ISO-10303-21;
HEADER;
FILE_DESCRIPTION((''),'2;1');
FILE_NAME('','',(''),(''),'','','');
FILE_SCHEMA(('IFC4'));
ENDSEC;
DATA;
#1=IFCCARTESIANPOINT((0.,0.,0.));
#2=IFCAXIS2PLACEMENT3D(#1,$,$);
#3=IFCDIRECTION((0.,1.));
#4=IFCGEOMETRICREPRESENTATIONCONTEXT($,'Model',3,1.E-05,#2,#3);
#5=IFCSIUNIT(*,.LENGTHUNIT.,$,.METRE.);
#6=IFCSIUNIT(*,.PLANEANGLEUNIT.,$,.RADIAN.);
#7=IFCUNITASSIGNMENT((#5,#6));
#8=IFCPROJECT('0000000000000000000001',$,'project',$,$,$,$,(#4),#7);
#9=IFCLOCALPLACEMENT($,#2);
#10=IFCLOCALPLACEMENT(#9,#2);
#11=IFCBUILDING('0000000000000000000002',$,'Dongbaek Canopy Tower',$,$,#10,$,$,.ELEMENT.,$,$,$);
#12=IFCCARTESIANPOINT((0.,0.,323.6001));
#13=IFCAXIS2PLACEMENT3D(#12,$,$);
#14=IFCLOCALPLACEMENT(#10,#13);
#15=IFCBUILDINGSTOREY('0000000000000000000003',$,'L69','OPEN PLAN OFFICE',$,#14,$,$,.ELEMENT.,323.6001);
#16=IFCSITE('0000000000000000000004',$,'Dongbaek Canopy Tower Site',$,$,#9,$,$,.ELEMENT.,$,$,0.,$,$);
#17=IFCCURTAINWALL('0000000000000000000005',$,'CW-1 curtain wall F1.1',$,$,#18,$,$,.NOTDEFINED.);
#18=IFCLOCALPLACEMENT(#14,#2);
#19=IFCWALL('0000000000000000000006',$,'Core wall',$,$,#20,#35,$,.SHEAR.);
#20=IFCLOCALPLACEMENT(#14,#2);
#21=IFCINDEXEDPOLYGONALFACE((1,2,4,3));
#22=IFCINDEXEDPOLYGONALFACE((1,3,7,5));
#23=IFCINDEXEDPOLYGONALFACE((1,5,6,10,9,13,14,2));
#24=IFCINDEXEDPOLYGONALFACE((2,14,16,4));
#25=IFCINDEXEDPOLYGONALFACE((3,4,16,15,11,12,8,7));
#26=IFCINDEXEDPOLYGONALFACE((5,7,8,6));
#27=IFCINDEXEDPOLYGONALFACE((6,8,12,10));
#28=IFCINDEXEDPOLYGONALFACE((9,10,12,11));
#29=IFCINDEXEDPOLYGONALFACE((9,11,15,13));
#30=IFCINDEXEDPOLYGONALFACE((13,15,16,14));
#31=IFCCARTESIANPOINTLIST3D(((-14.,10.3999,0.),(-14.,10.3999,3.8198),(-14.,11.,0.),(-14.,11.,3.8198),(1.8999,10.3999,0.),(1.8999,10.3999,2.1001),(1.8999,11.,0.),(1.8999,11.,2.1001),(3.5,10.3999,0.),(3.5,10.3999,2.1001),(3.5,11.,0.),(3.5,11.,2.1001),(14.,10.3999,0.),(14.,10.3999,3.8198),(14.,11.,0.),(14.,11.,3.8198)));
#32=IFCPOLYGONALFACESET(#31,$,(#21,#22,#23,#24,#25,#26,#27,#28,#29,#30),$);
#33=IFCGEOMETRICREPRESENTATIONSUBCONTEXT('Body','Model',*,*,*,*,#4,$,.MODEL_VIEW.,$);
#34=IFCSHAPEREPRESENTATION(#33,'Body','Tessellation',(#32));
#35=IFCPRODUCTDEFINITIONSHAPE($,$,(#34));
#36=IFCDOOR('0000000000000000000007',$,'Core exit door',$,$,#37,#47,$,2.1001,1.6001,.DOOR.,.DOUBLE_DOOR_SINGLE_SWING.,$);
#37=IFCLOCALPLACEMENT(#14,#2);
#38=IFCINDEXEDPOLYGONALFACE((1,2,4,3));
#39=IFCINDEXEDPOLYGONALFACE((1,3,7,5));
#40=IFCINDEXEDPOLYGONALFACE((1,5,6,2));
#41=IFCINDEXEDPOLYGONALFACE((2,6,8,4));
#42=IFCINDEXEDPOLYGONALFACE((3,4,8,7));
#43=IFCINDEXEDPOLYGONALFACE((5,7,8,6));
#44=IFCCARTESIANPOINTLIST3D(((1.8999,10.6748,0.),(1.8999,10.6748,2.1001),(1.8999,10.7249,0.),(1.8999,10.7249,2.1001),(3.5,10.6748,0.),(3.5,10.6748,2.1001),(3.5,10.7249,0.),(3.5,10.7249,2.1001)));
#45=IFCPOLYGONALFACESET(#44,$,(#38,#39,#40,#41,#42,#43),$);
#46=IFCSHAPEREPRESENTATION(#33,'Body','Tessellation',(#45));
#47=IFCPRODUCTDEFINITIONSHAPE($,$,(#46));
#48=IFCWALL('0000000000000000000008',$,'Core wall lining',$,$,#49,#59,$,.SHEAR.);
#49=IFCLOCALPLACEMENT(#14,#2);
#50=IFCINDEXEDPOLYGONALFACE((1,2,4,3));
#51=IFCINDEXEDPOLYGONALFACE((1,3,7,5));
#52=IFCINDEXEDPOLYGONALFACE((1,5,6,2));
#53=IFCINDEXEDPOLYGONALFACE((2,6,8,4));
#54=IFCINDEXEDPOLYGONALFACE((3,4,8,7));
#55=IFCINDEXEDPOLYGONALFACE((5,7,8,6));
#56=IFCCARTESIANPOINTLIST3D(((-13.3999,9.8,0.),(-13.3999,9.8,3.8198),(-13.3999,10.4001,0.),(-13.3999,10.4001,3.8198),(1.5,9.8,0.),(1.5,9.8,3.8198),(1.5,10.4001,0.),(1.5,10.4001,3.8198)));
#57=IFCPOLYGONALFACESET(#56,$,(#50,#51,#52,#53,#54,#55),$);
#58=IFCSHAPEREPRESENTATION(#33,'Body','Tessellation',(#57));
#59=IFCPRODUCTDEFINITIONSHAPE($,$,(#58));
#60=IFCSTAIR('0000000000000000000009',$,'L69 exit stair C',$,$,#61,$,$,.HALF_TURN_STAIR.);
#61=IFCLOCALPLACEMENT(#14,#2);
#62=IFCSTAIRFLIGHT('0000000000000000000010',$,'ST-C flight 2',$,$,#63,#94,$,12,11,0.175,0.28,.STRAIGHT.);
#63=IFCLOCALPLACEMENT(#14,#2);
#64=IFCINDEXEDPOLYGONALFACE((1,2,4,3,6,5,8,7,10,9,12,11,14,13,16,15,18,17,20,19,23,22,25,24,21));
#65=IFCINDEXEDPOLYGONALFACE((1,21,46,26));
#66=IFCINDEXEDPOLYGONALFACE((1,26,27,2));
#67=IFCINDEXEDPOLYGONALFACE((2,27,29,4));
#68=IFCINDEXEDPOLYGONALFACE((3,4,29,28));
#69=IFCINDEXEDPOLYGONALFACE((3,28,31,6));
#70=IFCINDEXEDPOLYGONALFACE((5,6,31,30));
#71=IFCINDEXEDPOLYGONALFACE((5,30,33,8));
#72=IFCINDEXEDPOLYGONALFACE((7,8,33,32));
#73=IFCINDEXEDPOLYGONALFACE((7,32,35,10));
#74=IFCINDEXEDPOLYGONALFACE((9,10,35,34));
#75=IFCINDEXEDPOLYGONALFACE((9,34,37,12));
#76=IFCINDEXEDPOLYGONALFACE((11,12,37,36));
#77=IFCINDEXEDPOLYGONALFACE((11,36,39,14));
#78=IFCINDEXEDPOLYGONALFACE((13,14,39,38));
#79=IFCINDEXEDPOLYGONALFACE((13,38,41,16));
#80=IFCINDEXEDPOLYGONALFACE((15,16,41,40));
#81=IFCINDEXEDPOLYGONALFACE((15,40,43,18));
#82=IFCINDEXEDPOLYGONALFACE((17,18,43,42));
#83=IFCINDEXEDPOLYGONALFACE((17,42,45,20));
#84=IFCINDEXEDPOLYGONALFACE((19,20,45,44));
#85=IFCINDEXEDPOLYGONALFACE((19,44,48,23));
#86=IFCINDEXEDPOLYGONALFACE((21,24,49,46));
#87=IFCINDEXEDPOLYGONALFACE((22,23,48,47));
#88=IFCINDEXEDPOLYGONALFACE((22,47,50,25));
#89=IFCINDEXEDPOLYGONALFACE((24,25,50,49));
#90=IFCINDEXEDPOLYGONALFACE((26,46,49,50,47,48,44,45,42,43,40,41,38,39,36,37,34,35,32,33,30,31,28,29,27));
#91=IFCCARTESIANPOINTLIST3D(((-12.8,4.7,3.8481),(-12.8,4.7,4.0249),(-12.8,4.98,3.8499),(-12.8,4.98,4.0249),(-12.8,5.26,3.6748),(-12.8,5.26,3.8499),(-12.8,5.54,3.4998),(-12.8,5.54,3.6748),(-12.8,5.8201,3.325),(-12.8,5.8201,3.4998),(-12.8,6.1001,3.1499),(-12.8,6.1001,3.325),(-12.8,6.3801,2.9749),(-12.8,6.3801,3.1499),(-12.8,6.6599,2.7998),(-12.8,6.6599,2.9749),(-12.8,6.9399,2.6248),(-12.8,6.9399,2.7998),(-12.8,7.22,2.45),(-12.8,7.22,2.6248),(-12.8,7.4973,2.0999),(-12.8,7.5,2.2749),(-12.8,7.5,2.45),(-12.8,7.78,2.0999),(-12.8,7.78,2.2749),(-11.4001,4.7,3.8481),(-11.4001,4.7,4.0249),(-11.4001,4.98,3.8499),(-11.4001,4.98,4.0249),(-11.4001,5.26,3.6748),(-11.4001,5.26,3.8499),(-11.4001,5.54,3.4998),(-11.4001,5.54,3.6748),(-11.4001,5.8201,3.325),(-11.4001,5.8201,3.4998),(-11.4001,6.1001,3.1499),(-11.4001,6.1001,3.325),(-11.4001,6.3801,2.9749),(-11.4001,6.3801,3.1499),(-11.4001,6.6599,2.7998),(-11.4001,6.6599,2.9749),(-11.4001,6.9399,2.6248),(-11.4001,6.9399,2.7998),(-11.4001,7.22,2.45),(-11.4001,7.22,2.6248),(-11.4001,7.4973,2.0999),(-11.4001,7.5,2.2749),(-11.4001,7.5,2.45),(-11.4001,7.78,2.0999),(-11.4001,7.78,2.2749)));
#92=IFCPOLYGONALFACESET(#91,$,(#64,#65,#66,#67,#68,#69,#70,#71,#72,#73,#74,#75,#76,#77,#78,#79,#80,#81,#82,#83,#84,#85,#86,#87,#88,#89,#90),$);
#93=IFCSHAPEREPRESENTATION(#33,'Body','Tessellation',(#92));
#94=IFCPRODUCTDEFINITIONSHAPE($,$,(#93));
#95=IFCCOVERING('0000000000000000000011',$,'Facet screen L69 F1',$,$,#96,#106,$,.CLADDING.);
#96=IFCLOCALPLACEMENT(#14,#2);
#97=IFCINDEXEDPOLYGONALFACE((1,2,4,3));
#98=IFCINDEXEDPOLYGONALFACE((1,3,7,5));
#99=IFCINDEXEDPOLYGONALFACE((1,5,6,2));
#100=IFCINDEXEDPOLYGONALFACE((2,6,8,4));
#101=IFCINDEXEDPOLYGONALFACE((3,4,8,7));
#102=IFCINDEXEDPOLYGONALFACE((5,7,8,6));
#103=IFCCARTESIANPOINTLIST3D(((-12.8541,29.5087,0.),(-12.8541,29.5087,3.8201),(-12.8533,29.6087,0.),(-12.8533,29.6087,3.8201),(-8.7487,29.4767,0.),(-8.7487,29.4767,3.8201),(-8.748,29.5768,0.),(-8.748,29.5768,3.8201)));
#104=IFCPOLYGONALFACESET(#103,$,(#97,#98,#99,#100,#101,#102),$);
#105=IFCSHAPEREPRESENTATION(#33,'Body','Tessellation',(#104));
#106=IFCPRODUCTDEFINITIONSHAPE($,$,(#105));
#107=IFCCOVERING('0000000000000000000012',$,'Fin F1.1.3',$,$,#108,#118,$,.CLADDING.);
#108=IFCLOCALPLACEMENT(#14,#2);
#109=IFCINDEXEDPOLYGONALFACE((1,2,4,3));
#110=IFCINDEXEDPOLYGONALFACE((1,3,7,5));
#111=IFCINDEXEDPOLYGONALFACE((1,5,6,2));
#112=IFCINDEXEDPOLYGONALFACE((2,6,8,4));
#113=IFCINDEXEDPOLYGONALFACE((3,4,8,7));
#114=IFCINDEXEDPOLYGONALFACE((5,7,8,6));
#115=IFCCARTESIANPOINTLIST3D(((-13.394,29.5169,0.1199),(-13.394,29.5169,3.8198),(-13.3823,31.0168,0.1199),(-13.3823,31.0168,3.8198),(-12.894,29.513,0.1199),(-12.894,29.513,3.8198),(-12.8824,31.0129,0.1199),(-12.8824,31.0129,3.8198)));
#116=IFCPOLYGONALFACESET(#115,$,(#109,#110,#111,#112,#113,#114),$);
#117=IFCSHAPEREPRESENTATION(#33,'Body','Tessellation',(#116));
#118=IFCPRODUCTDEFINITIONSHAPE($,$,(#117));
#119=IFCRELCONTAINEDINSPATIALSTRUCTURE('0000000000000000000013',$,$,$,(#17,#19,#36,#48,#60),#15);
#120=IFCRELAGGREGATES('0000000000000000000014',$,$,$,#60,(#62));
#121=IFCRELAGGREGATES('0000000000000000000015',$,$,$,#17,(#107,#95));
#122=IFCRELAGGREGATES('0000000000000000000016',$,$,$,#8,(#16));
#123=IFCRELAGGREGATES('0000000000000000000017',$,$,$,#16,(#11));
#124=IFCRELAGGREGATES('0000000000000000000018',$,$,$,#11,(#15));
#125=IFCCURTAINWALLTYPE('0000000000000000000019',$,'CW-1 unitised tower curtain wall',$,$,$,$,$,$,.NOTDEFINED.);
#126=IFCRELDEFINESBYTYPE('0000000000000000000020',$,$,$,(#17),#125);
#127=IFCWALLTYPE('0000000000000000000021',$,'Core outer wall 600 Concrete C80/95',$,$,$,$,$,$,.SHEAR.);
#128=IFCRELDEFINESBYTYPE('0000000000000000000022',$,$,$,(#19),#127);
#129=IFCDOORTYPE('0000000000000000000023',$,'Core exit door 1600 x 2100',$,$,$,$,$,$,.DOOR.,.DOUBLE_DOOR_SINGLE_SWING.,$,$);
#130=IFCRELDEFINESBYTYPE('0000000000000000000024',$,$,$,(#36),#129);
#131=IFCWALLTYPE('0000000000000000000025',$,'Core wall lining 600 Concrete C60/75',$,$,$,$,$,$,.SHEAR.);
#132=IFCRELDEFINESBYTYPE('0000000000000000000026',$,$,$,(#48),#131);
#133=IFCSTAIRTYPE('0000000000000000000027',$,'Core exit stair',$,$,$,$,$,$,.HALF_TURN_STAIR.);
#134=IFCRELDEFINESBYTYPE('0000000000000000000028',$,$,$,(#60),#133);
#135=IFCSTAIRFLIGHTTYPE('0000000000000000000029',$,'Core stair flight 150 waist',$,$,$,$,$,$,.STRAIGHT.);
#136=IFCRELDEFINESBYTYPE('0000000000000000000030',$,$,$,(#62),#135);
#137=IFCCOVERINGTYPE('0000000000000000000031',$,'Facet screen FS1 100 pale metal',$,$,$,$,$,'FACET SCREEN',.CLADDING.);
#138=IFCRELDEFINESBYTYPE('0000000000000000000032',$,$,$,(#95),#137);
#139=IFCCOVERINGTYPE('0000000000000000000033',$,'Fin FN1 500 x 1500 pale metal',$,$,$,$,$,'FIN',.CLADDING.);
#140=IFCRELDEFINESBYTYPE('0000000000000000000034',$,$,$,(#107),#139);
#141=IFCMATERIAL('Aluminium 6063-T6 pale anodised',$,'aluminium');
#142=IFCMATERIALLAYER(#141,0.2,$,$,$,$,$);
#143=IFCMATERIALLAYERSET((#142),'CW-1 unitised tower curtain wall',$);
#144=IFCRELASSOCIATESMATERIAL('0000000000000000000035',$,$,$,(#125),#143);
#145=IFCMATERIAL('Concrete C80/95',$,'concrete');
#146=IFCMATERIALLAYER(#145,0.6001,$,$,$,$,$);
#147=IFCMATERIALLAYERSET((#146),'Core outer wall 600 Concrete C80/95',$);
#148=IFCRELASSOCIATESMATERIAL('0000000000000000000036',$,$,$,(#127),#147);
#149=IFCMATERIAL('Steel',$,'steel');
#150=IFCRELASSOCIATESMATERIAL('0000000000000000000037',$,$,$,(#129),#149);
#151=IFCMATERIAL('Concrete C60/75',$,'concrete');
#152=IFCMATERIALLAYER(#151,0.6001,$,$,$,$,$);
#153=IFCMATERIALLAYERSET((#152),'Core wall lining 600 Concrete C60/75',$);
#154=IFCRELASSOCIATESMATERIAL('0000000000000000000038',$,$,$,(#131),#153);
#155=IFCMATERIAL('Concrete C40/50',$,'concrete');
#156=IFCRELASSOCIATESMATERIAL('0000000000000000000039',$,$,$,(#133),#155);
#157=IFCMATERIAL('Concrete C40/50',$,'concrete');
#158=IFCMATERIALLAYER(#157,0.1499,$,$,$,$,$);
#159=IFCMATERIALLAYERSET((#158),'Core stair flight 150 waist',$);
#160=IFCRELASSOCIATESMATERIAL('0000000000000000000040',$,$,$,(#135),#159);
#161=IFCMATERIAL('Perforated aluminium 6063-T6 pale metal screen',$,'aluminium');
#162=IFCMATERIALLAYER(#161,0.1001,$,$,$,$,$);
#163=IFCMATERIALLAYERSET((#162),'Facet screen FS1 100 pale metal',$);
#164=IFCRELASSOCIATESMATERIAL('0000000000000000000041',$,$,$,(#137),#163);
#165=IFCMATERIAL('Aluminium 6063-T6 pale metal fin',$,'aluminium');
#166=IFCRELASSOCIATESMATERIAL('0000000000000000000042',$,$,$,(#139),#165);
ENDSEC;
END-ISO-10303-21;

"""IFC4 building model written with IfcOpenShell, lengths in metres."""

from ifc_helpers import new_model, si_unit, direction, frame, frame_2d, origin, origin_2d, place, context, subcontext, project, spatial, polyline, rectangle, outline, extrude, material, layer, layer_set, material_profile, profile_set, type_object, element, fill, aggregate, save


model = new_model("IFC4")

# Units and contexts
model_context = context("Model", 3, precision=1e-05, world=origin(), true_north=direction((0.0, 1.0)))
body_context = subcontext(model_context, "Body", "Model", "MODEL_VIEW")
ifc_project = project(units=[si_unit("LENGTHUNIT", "METRE"), si_unit("PLANEANGLEUNIT", "RADIAN")], contexts=[model_context])

# Site, building, storey
site_placement = place(None, origin())
site = spatial("IfcSite", under=ifc_project, at=site_placement, Name="Dongbaek Canopy Tower Site", CompositionType="ELEMENT", RefElevation=0.0)
building_placement = place(site_placement, origin())
building = spatial("IfcBuilding", under=site, at=building_placement, Name="Dongbaek Canopy Tower", CompositionType="ELEMENT")
storey_placement = place(building_placement, frame((0.0, 0.0, 323.6001)))
storey = spatial("IfcBuildingStorey", under=building, at=storey_placement, Name="L69", Description="OPEN PLAN OFFICE", CompositionType="ELEMENT", Elevation=323.6001)

# Curtain wall
ifc_material_1 = material(Name="Aluminium 6063-T6 pale anodised", Category="aluminium")
ifc_layer_1 = layer(ifc_material_1, 0.2)
ifc_layer_set_1 = layer_set([ifc_layer_1], Name="CW-1 unitised tower curtain wall")
curtain_wall_type = type_object("IfcCurtainWallType", Name="CW-1 unitised tower curtain wall", PredefinedType="NOTDEFINED", material=ifc_layer_set_1)
curtain_wall_1_placement = place(storey_placement, origin())
curtain_wall_1 = element("IfcCurtainWall", 1, at=curtain_wall_1_placement, inside=storey, type_object=curtain_wall_type, Name="CW-1 curtain wall F1.1", PredefinedType="NOTDEFINED")

# Wall, opening, door
ifc_material_2 = material(Name="Concrete C80/95", Category="concrete")
ifc_layer_2 = layer(ifc_material_2, 0.6001)
ifc_layer_set_2 = layer_set([ifc_layer_2], Name="Core outer wall 600 Concrete C80/95")
wall_type_1 = type_object("IfcWallType", Name="Core outer wall 600 Concrete C80/95", PredefinedType="SHEAR", material=ifc_layer_set_2)
wall_1_placement = place(storey_placement, frame((-14.0, 10.7, 0.0), z_axis=(0.0, 0.0, 1.0), x_axis=(1.0, 0.0, 0.0)))
wall_1 = element("IfcWall", 2, at=wall_1_placement, inside=storey, type_object=wall_type_1, Name="Core wall", PredefinedType="SHEAR", context=body_context, shape_type="SweptSolid", body=[
    extrude(rectangle(XDim=28.0, YDim=0.6001, at=frame_2d((14.0, 0.0))), origin(), (0.0, 0.0, 1.0), 3.8198),
])
opening_placement = place(wall_1_placement, frame((15.8999, 0.0, 0.0)))
opening = element("IfcOpeningElement", 3, at=opening_placement, cuts=wall_1, PredefinedType="OPENING", context=body_context, shape_type="SweptSolid", body=[
    extrude(rectangle(XDim=1.6001, YDim=2.1001, at=frame_2d((0.8, 1.05))), frame((0.0, 0.3101, 0.0), z_axis=(0.0, -1.0, 0.0), x_axis=(1.0, 0.0, 0.0)), (0.0, 0.0, 1.0), 0.6201),
])
ifc_material_3 = material(Name="Steel", Category="steel")
door_type = type_object("IfcDoorType", Name="Core exit door 1600 x 2100", OperationType="DOUBLE_DOOR_SINGLE_SWING", PredefinedType="DOOR", material=ifc_material_3)
door_placement = place(opening_placement, origin())
door = element("IfcDoor", 4, at=door_placement, inside=storey, type_object=door_type, Name="Core exit door", OperationType="DOUBLE_DOOR_SINGLE_SWING", OverallHeight=2.1001, OverallWidth=1.6001, PredefinedType="DOOR", context=body_context, shape_type="SweptSolid", body=[
    extrude(rectangle(XDim=1.6001, YDim=2.1001, at=frame_2d((0.8, 1.05))), frame((0.0, 0.0249, 0.0), z_axis=(0.0, -1.0, 0.0), x_axis=(1.0, 0.0, 0.0)), (0.0, 0.0, 1.0), 0.05),
])
fill(opening, door)

# Wall
ifc_material_4 = material(Name="Concrete C60/75", Category="concrete")
ifc_layer_3 = layer(ifc_material_4, 0.6001)
ifc_layer_set_3 = layer_set([ifc_layer_3], Name="Core wall lining 600 Concrete C60/75")
wall_type_2 = type_object("IfcWallType", Name="Core wall lining 600 Concrete C60/75", PredefinedType="SHEAR", material=ifc_layer_set_3)
wall_2_placement = place(storey_placement, frame((-13.3999, 10.1001, 0.0), z_axis=(0.0, 0.0, 1.0), x_axis=(1.0, 0.0, 0.0)))
element("IfcWall", 5, at=wall_2_placement, inside=storey, type_object=wall_type_2, Name="Core wall lining", PredefinedType="SHEAR", context=body_context, shape_type="SweptSolid", body=[
    extrude(rectangle(XDim=14.8999, YDim=0.6001, at=frame_2d((7.45, 0.0))), origin(), (0.0, 0.0, 1.0), 3.8198),
])

# Stair, stair flight
ifc_material_5 = material(Name="Concrete C40/50", Category="concrete")
stair_type = type_object("IfcStairType", Name="Core exit stair", PredefinedType="HALF_TURN_STAIR", material=ifc_material_5)
stair_placement = place(storey_placement, origin())
stair = element("IfcStair", 6, at=stair_placement, inside=storey, type_object=stair_type, Name="L69 exit stair C", PredefinedType="HALF_TURN_STAIR")
ifc_material_6 = material(Name="Concrete C40/50", Category="concrete")
ifc_layer_4 = layer(ifc_material_6, 0.1499)
ifc_layer_set_4 = layer_set([ifc_layer_4], Name="Core stair flight 150 waist")
stair_flight_type = type_object("IfcStairFlightType", Name="Core stair flight 150 waist", PredefinedType="STRAIGHT", material=ifc_layer_set_4)
stair_flight_placement = place(storey_placement, frame((-12.1001, 7.78, 2.0999), z_axis=(0.0, 0.0, 1.0), x_axis=(0.0, -1.0, 0.0)))
stair_flight = element("IfcStairFlight", 7, at=stair_flight_placement, type_object=stair_flight_type, Name="ST-C flight 2", NumberOfRisers=12, NumberOfTreads=11, PredefinedType="STRAIGHT", RiserHeight=0.175, TreadLength=0.28, context=body_context, shape_type="SweptSolid", body=[
    extrude(outline(polyline([(0.0, 0.0), (0.0, 0.175), (0.28, 0.175), (0.28, 0.3501), (0.5601, 0.3501), (0.5601, 0.5249), (0.8401, 0.5249), (0.8401, 0.7), (1.1201, 0.7), (1.1201, 0.875), (1.3999, 0.875), (1.3999, 1.05), (1.6799, 1.05), (1.6799, 1.2251), (1.96, 1.2251), (1.96, 1.3999), (2.24, 1.3999), (2.24, 1.575), (2.52, 1.575), (2.52, 1.75), (2.8, 1.75), (2.8, 1.925), (3.0801, 1.925), (3.0801, 2.1001), (3.0801, 1.7483), (0.2827, 0.0), (0.0, 0.0)])), frame((0.0, 0.7, 0.0), z_axis=(0.0, -1.0, 0.0), x_axis=(1.0, 0.0, 0.0)), (0.0, 0.0, 1.0), 1.3999),
])
aggregate(stair, [stair_flight])

# Coverings
ifc_material_7 = material(Name="Perforated aluminium 6063-T6 pale metal screen", Category="aluminium")
ifc_layer_5 = layer(ifc_material_7, 0.1001)
ifc_layer_set_5 = layer_set([ifc_layer_5], Name="Facet screen FS1 100 pale metal")
covering_type_1 = type_object("IfcCoveringType", Name="Facet screen FS1 100 pale metal", ElementType="FACET SCREEN", PredefinedType="CLADDING", material=ifc_layer_set_5)
covering_1_placement = place(storey_placement, frame((-10.801, 29.5427, 0.0), z_axis=(0.0, 0.0, 1.0), x_axis=(-0.99997, 0.007782, 0.0)))
covering_1 = element("IfcCovering", 8, at=covering_1_placement, type_object=covering_type_1, Name="Facet screen L69 F1", PredefinedType="CLADDING", context=body_context, shape_type="SweptSolid", body=[
    extrude(rectangle(XDim=4.1055, YDim=0.1001, at=origin_2d()), origin(), (0.0, 0.0, 1.0), 3.8201),
])
ifc_material_8 = material(Name="Aluminium 6063-T6 pale metal fin", Category="aluminium")
ifc_material_profile_1 = material_profile(ifc_material_8, rectangle(XDim=1.5, YDim=0.5, at=origin_2d()), Name="Fin FN1 500 x 1500 pale metal")
ifc_profile_set_1 = profile_set([ifc_material_profile_1], Name="Aluminium 6063-T6 pale metal fin")
covering_type_2 = type_object("IfcCoveringType", Name="Fin FN1 500 x 1500 pale metal", ElementType="FIN", PredefinedType="CLADDING", material=ifc_profile_set_1)
covering_2_placement = place(storey_placement, frame((-13.1382, 30.2649, 0.1199), z_axis=(0.0, 0.0, 1.0), x_axis=(0.007782, 0.99997, 0.0)))
covering_2 = element("IfcCovering", 9, at=covering_2_placement, type_object=covering_type_2, Name="Fin F1.1.3", PredefinedType="CLADDING", context=body_context, shape_type="SweptSolid", body=[
    extrude(rectangle(XDim=1.5, YDim=0.5, at=origin_2d()), origin(), (0.0, 0.0, 1.0), 3.7),
])
aggregate(curtain_wall_1, [covering_2, covering_1])

save(model, "model.ifc")
